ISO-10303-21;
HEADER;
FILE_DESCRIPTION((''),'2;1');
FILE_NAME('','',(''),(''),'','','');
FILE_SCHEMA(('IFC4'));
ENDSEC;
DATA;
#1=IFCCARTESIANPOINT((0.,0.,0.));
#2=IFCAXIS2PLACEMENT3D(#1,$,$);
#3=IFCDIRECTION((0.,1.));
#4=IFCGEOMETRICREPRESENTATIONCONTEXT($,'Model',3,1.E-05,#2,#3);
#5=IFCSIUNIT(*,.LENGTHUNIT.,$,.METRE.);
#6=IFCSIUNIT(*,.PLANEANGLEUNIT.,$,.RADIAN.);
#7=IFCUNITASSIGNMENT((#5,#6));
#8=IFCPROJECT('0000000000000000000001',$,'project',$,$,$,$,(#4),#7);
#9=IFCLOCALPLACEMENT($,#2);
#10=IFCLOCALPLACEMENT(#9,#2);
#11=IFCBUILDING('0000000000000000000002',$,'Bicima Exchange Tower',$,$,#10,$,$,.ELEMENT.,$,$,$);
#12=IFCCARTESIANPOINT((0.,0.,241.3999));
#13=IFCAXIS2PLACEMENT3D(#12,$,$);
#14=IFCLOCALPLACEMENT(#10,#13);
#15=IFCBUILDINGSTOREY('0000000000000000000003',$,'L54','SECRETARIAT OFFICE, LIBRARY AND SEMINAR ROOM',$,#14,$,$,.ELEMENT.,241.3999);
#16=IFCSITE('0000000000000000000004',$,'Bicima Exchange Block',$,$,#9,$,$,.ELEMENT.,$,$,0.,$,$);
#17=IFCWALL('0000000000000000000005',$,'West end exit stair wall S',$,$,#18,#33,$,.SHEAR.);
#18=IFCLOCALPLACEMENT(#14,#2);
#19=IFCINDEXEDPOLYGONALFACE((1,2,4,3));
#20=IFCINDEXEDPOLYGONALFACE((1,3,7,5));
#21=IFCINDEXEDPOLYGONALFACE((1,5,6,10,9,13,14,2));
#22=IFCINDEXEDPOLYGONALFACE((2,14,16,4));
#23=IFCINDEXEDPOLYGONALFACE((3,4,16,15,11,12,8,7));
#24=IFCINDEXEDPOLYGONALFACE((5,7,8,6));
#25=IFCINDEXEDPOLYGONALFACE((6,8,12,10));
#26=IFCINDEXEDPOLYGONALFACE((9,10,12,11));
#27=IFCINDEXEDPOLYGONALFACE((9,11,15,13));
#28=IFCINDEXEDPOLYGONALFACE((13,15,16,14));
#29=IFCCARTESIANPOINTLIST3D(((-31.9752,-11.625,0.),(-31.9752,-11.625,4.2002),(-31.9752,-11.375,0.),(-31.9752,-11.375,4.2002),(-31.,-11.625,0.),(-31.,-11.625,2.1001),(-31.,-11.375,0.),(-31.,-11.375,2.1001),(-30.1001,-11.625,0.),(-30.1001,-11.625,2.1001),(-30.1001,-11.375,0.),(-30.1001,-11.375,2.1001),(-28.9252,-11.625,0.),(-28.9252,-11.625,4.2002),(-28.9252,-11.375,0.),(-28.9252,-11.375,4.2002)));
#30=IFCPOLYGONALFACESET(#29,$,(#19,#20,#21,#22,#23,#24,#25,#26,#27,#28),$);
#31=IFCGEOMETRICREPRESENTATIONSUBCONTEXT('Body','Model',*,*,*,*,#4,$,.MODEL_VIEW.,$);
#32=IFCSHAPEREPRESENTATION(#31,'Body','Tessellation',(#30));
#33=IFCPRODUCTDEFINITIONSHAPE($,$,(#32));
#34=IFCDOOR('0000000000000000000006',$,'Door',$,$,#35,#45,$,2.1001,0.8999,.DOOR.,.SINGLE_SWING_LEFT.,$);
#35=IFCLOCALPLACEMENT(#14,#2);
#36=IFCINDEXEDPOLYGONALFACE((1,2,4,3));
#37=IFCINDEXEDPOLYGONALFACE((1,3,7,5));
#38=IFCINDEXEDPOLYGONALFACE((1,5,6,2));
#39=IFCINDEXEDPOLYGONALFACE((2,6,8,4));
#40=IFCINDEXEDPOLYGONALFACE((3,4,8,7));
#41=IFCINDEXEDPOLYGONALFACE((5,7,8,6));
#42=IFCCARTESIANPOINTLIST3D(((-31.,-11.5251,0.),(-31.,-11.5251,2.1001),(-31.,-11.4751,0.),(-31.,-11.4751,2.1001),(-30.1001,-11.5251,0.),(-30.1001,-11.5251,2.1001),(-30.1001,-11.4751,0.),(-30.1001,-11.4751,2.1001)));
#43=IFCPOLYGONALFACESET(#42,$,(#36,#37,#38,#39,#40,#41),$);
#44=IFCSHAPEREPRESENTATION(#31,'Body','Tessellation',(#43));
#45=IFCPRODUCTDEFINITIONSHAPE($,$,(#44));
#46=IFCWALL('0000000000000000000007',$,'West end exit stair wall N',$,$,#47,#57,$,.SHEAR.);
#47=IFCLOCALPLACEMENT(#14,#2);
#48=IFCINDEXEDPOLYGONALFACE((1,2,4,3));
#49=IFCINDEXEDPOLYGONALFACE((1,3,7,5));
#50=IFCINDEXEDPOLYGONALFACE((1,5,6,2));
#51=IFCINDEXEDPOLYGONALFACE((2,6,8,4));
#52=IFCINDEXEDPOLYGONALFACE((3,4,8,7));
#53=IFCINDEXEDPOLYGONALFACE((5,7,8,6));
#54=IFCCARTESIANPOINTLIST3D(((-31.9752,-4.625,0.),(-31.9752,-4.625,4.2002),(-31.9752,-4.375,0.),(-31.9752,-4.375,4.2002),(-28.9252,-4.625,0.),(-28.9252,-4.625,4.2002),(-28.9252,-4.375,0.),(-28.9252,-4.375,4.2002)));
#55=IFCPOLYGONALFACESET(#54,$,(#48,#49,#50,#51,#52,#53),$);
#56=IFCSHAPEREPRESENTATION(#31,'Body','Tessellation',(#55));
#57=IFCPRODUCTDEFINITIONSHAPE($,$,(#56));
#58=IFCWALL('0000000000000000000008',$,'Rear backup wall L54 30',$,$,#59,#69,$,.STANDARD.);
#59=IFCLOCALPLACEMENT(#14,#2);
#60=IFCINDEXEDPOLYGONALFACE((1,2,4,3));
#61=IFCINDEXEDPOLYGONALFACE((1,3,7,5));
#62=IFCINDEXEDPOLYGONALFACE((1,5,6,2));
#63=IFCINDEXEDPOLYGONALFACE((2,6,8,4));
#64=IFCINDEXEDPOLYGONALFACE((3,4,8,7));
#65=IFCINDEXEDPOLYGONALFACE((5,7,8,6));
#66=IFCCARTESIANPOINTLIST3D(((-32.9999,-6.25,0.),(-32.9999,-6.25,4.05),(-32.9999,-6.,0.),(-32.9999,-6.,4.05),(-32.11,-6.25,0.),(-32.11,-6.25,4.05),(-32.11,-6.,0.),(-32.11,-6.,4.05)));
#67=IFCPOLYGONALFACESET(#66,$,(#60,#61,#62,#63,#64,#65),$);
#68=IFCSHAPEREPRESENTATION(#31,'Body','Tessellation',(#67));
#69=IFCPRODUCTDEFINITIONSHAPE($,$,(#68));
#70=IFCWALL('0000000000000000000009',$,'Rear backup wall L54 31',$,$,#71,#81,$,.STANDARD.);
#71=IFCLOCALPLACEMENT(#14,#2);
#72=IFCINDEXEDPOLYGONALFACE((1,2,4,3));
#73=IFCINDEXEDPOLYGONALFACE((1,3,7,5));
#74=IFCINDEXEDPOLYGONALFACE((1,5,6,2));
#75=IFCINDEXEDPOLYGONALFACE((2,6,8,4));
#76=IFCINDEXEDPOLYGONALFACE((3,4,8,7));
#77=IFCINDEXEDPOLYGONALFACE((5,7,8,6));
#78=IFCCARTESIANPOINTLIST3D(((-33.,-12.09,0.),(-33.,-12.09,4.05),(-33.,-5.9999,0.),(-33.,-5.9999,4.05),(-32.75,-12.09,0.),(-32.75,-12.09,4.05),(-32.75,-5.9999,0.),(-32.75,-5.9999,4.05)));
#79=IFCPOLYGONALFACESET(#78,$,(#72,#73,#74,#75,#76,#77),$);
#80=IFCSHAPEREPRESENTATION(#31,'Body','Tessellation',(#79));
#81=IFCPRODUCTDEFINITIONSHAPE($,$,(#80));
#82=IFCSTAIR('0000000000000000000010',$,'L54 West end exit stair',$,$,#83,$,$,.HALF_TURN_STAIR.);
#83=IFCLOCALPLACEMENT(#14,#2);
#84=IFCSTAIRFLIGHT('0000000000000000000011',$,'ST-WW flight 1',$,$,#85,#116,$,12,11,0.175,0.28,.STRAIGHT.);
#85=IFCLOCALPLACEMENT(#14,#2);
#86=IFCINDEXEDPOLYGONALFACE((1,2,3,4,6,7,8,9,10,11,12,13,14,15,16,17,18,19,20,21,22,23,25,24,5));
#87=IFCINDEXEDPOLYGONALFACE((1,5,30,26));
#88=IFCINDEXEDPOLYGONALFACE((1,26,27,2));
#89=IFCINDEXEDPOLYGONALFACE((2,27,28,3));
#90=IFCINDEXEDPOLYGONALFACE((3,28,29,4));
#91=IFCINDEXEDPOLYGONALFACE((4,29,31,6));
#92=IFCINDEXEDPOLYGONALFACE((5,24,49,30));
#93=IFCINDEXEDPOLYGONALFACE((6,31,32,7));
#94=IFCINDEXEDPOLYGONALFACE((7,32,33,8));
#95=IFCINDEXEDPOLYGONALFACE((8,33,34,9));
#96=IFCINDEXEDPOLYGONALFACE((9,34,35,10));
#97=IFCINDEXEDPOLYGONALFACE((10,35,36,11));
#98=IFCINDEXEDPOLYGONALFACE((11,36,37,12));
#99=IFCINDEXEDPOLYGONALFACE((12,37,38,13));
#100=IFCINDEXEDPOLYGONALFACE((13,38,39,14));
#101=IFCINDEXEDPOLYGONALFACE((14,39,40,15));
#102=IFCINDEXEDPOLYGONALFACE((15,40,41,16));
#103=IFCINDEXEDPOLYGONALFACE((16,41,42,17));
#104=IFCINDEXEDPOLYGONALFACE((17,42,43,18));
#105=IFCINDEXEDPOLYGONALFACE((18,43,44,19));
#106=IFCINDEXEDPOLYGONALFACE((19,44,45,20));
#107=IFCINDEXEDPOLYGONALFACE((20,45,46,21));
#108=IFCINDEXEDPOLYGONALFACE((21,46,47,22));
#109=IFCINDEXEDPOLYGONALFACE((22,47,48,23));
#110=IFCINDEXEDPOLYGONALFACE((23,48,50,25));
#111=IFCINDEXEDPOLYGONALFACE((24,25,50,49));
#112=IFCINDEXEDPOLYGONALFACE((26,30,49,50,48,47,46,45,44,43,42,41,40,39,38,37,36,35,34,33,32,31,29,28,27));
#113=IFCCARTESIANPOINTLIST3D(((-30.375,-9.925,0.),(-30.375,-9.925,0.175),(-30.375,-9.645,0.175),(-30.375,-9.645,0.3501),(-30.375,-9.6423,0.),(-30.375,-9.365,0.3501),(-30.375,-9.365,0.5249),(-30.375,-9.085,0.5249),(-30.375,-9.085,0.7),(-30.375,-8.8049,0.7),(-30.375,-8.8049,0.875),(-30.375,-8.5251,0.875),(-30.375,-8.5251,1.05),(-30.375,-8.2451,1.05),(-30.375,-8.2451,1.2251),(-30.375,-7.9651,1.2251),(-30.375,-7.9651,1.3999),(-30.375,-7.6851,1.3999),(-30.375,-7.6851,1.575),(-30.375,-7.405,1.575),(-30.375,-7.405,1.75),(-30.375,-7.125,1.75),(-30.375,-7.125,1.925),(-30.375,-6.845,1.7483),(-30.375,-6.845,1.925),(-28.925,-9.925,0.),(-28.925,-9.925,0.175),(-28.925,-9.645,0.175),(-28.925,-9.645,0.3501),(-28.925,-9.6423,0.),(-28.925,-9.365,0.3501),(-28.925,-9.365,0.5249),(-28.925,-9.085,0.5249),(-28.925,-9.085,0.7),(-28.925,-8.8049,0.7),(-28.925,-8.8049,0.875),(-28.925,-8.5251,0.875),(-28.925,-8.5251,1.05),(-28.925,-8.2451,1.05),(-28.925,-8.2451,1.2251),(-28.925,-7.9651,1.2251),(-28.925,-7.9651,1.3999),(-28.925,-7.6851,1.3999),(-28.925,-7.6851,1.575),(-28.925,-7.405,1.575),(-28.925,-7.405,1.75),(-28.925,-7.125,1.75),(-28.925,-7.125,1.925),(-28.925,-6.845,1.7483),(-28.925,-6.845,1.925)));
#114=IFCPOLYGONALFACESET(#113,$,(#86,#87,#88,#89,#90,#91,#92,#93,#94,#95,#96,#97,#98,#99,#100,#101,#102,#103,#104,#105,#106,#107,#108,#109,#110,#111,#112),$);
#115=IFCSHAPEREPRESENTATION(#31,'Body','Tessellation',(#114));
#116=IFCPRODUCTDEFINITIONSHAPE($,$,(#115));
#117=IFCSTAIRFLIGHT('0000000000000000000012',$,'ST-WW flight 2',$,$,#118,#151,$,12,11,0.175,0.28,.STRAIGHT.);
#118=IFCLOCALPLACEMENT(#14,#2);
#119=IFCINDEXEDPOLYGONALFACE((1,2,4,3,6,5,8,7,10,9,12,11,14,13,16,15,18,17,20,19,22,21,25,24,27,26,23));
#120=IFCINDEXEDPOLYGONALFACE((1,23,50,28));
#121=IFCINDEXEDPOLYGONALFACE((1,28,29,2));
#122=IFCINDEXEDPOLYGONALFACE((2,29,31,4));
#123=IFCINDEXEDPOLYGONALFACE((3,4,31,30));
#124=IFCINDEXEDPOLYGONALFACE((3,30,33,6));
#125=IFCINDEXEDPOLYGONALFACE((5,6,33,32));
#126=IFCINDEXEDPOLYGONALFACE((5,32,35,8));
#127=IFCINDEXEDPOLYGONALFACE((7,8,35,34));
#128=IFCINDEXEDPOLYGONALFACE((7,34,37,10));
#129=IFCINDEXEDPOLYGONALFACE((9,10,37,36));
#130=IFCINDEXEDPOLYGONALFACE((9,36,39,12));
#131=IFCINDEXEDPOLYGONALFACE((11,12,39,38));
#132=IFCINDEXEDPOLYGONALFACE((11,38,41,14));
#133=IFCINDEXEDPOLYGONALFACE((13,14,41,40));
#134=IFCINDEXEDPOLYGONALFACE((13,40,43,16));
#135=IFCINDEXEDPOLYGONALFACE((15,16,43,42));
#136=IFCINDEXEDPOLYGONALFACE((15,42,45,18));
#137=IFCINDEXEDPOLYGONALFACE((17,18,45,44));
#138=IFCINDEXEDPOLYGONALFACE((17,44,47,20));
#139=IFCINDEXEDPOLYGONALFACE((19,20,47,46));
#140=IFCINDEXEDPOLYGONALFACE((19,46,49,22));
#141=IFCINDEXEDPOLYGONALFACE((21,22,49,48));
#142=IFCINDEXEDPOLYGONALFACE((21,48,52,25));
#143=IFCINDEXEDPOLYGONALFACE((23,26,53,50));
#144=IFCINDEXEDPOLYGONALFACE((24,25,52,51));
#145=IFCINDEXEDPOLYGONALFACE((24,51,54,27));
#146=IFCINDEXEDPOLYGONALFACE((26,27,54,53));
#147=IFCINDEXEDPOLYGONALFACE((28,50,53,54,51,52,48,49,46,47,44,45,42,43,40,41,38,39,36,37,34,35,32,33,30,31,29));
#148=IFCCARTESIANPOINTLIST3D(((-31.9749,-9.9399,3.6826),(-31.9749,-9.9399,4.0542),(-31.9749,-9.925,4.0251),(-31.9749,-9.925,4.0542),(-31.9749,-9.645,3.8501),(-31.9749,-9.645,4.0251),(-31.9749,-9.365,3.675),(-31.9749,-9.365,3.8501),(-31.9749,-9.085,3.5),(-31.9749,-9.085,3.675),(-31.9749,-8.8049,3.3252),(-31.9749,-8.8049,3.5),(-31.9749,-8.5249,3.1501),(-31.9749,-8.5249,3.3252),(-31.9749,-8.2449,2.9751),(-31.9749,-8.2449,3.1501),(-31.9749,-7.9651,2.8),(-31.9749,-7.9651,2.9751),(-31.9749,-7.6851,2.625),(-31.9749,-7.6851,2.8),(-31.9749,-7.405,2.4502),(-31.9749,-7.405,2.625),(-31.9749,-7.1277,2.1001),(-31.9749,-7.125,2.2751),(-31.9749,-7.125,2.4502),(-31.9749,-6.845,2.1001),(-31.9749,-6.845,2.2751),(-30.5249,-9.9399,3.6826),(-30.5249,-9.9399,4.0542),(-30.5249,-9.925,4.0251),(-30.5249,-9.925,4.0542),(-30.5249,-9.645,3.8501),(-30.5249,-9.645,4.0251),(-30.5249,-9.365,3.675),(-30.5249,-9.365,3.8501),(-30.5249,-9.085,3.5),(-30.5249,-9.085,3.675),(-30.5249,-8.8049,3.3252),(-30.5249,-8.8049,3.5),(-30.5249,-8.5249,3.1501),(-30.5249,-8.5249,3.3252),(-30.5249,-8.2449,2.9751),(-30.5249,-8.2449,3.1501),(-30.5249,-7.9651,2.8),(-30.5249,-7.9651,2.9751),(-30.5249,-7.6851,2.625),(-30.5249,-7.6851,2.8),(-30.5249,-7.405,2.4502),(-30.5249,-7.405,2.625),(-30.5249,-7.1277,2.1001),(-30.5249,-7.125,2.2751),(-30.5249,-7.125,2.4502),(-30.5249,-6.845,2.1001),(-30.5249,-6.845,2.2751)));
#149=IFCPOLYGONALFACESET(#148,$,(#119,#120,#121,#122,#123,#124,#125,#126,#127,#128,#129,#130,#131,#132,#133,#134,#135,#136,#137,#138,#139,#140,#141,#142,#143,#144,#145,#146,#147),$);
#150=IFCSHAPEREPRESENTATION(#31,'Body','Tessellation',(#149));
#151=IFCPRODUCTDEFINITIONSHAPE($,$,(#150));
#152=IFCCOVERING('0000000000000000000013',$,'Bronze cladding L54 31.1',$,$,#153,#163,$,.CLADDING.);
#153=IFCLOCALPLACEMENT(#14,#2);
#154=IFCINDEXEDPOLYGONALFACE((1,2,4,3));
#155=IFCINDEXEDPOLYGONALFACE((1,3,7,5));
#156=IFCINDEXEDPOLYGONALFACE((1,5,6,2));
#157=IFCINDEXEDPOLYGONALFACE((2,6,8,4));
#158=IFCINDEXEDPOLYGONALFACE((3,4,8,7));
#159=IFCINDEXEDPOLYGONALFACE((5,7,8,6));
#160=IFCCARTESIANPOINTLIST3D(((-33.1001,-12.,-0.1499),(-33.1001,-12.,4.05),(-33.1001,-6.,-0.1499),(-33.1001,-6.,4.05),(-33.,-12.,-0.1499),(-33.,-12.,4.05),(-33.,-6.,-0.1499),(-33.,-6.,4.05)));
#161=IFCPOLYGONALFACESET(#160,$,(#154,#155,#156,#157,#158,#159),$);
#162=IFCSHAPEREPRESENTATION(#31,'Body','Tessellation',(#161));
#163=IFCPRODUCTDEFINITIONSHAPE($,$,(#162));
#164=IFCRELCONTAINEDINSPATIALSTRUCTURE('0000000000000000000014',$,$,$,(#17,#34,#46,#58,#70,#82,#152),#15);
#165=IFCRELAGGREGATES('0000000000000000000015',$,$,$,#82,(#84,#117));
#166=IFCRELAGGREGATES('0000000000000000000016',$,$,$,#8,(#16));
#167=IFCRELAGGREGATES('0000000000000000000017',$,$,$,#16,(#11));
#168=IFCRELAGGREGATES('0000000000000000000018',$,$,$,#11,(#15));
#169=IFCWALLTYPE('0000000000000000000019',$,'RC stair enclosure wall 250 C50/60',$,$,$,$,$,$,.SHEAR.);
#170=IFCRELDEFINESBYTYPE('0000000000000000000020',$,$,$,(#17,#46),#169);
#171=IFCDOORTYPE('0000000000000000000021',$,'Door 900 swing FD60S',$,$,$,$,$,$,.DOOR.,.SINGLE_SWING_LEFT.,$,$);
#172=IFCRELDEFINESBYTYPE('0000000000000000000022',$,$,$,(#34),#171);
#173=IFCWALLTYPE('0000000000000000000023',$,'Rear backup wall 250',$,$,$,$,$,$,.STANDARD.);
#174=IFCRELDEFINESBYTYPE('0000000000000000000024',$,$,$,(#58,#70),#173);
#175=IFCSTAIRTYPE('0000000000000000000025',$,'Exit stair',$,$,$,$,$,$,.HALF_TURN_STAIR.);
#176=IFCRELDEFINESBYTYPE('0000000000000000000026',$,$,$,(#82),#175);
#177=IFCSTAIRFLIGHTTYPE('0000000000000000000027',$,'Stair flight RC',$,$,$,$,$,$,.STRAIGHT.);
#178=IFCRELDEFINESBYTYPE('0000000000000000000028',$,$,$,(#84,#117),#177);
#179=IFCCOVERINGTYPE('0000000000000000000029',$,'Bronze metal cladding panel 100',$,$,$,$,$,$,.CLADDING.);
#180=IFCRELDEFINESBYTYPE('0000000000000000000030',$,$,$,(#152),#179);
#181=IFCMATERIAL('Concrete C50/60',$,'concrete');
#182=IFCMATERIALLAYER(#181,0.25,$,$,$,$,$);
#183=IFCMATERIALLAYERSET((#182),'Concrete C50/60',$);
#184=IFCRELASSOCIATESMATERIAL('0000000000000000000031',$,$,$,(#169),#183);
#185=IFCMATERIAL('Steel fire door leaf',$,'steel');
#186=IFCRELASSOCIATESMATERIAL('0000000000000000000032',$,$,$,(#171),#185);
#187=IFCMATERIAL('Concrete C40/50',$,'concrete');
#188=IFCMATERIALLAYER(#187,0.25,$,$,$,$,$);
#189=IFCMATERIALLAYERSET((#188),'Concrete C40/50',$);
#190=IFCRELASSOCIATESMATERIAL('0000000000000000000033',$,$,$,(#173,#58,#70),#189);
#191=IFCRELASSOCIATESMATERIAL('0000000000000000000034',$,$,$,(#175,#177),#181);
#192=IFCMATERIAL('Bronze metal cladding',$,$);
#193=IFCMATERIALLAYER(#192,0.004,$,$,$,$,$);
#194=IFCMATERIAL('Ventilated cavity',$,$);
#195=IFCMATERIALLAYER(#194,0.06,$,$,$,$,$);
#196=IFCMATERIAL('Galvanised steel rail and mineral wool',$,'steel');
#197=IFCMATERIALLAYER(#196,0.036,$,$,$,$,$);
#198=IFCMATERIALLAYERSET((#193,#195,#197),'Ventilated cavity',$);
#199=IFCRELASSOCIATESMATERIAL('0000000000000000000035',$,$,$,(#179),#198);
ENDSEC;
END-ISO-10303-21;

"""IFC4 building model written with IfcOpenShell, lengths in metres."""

from ifc_helpers import new_model, si_unit, direction, frame, frame_2d, origin, origin_2d, place, context, subcontext, project, spatial, polyline, rectangle, outline, extrude, material, layer, layer_set, layer_usage, type_object, element, fill, aggregate, save


model = new_model("IFC4")

# Units and contexts
model_context = context("Model", 3, precision=1e-05, world=origin(), true_north=direction((0.0, 1.0)))
body_context = subcontext(model_context, "Body", "Model", "MODEL_VIEW")
ifc_project = project(units=[si_unit("LENGTHUNIT", "METRE"), si_unit("PLANEANGLEUNIT", "RADIAN")], contexts=[model_context])

# Site, building, storey
site_placement = place(None, origin())
site = spatial("IfcSite", under=ifc_project, at=site_placement, Name="Bicima Exchange Block", CompositionType="ELEMENT", RefElevation=0.0)
building_placement = place(site_placement, origin())
building = spatial("IfcBuilding", under=site, at=building_placement, Name="Bicima Exchange Tower", CompositionType="ELEMENT")
storey_placement = place(building_placement, frame((0.0, 0.0, 241.3999)))
storey = spatial("IfcBuildingStorey", under=building, at=storey_placement, Name="L54", Description="SECRETARIAT OFFICE, LIBRARY AND SEMINAR ROOM", CompositionType="ELEMENT", Elevation=241.3999)

# Shared definitions
ifc_material_1 = material(Name="Concrete C50/60", Category="concrete")
ifc_layer_1 = layer(ifc_material_1, 0.25)
ifc_layer_set_1 = layer_set([ifc_layer_1], Name="Concrete C50/60")
wall_type_1 = type_object("IfcWallType", Name="RC stair enclosure wall 250 C50/60", PredefinedType="SHEAR", material=ifc_layer_set_1)

# Wall, opening, door
wall_1_placement = place(storey_placement, frame((-31.9751, -11.5, 0.0), z_axis=(0.0, 0.0, 1.0), x_axis=(1.0, 0.0, 0.0)))
wall_1 = element("IfcWall", 1, at=wall_1_placement, inside=storey, type_object=wall_type_1, Name="West end exit stair wall S", PredefinedType="SHEAR", context=body_context, shape_type="SweptSolid", body=[
    extrude(rectangle(XDim=3.05, YDim=0.25, at=frame_2d((1.5249, 0.0))), origin(), (0.0, 0.0, 1.0), 4.2002),
])
opening_placement = place(wall_1_placement, frame((0.9751, 0.0, 0.0)))
opening = element("IfcOpeningElement", 2, at=opening_placement, cuts=wall_1, PredefinedType="OPENING", context=body_context, shape_type="SweptSolid", body=[
    extrude(rectangle(XDim=0.8999, YDim=2.1001, at=frame_2d((0.45, 1.05))), frame((0.0, 0.137, 0.0), z_axis=(0.0, -1.0, 0.0), x_axis=(1.0, 0.0, 0.0)), (0.0, 0.0, 1.0), 0.2739),
])
ifc_material_2 = material(Name="Steel fire door leaf", Category="steel")
door_type = type_object("IfcDoorType", Name="Door 900 swing FD60S", OperationType="SINGLE_SWING_LEFT", PredefinedType="DOOR", material=ifc_material_2)
door_placement = place(opening_placement, origin())
door = element("IfcDoor", 3, at=door_placement, inside=storey, type_object=door_type, Name="Door", OperationType="SINGLE_SWING_LEFT", OverallHeight=2.1001, OverallWidth=0.8999, PredefinedType="DOOR", context=body_context, shape_type="SweptSolid", body=[
    extrude(rectangle(XDim=0.8999, YDim=2.1001, at=frame_2d((0.45, 1.05))), frame((0.0, 0.0249, 0.0), z_axis=(0.0, -1.0, 0.0), x_axis=(1.0, 0.0, 0.0)), (0.0, 0.0, 1.0), 0.05),
])
fill(opening, door)

# Walls
wall_2_placement = place(storey_placement, frame((-31.9751, -4.5, 0.0), z_axis=(0.0, 0.0, 1.0), x_axis=(1.0, 0.0, 0.0)))
element("IfcWall", 4, at=wall_2_placement, inside=storey, type_object=wall_type_1, Name="West end exit stair wall N", PredefinedType="SHEAR", context=body_context, shape_type="SweptSolid", body=[
    extrude(rectangle(XDim=3.05, YDim=0.25, at=frame_2d((1.5249, 0.0))), origin(), (0.0, 0.0, 1.0), 4.2002),
])
ifc_material_3 = material(Name="Concrete C40/50", Category="concrete")
ifc_layer_2 = layer(ifc_material_3, 0.25)
ifc_layer_set_2 = layer_set([ifc_layer_2], Name="Concrete C40/50")
ifc_layer_usage = layer_usage(ifc_layer_set_2, "AXIS2", "POSITIVE", -0.125)
wall_type_2 = type_object("IfcWallType", Name="Rear backup wall 250", PredefinedType="STANDARD", material=ifc_layer_set_2)
wall_3_placement = place(storey_placement, frame((-32.1101, -6.125, 0.0), z_axis=(0.0, 0.0, 1.0), x_axis=(-1.0, 0.0, 0.0)))
element("IfcWall", 5, at=wall_3_placement, inside=storey, type_object=wall_type_2, material=ifc_layer_usage, Name="Rear backup wall L54 30", PredefinedType="STANDARD", context=body_context, shape_type="SweptSolid", body=[
    extrude(rectangle(XDim=0.8899, YDim=0.25, at=frame_2d((0.4448, 0.0))), origin(), (0.0, 0.0, 1.0), 4.05),
])
wall_4_placement = place(storey_placement, frame((-32.875, -6.0, 0.0), z_axis=(0.0, 0.0, 1.0), x_axis=(0.0, -1.0, 0.0)))
element("IfcWall", 6, at=wall_4_placement, inside=storey, type_object=wall_type_2, material=ifc_layer_usage, Name="Rear backup wall L54 31", PredefinedType="STANDARD", context=body_context, shape_type="SweptSolid", body=[
    extrude(rectangle(XDim=6.0901, YDim=0.25, at=frame_2d((3.0449, 0.0))), origin(), (0.0, 0.0, 1.0), 4.05),
])

# Stair, stair flights
stair_type = type_object("IfcStairType", Name="Exit stair", PredefinedType="HALF_TURN_STAIR", material=ifc_material_1)
stair_placement = place(storey_placement, origin())
stair = element("IfcStair", 7, at=stair_placement, inside=storey, type_object=stair_type, Name="L54 West end exit stair", PredefinedType="HALF_TURN_STAIR")
stair_flight_type = type_object("IfcStairFlightType", Name="Stair flight RC", PredefinedType="STRAIGHT", material=ifc_material_1)
stair_flight_1_placement = place(storey_placement, frame((-29.6499, -9.925, 0.0), z_axis=(0.0, 0.0, 1.0), x_axis=(0.0, 1.0, 0.0)))
stair_flight_1 = element("IfcStairFlight", 8, at=stair_flight_1_placement, type_object=stair_flight_type, Name="ST-WW flight 1", NumberOfRisers=12, NumberOfTreads=11, PredefinedType="STRAIGHT", RiserHeight=0.175, TreadLength=0.28, context=body_context, shape_type="SweptSolid", body=[
    extrude(outline(polyline([(0.0, 0.0), (0.0, 0.175), (0.28, 0.175), (0.28, 0.3501), (0.5601, 0.3501), (0.5601, 0.5249), (0.8401, 0.5249), (0.8401, 0.7), (1.1201, 0.7), (1.1201, 0.875), (1.3999, 0.875), (1.3999, 1.05), (1.6799, 1.05), (1.6799, 1.2251), (1.96, 1.2251), (1.96, 1.3999), (2.24, 1.3999), (2.24, 1.575), (2.52, 1.575), (2.52, 1.75), (2.8, 1.75), (2.8, 1.925), (3.0801, 1.925), (3.0801, 2.1001), (3.0801, 1.7483), (0.2827, 0.0), (0.0, 0.0)])), frame((0.0, 0.7251, 0.0), z_axis=(0.0, -1.0, 0.0), x_axis=(1.0, 0.0, 0.0)), (0.0, 0.0, 1.0), 1.45),
])
stair_flight_2_placement = place(storey_placement, frame((-31.25, -6.845, 2.1001), z_axis=(0.0, 0.0, 1.0), x_axis=(0.0, -1.0, 0.0)))
stair_flight_2 = element("IfcStairFlight", 9, at=stair_flight_2_placement, type_object=stair_flight_type, Name="ST-WW flight 2", NumberOfRisers=12, NumberOfTreads=11, PredefinedType="STRAIGHT", RiserHeight=0.175, TreadLength=0.28, context=body_context, shape_type="SweptSolid", body=[
    extrude(outline(polyline([(0.0, 0.0), (0.0, 0.175), (0.28, 0.175), (0.28, 0.3501), (0.5601, 0.3501), (0.5601, 0.5249), (0.8401, 0.5249), (0.8401, 0.7), (1.1201, 0.7), (1.1201, 0.875), (1.3999, 0.875), (1.3999, 1.05), (1.6799, 1.05), (1.6799, 1.2251), (1.96, 1.2251), (1.96, 1.3999), (2.24, 1.3999), (2.24, 1.575), (2.52, 1.575), (2.52, 1.75), (2.8, 1.75), (2.8, 1.925), (3.0801, 1.925), (3.0801, 1.9541), (3.095, 1.9541), (3.095, 1.5825), (0.2827, 0.0), (0.0, 0.0)])), frame((0.0, 0.7251, 0.0), z_axis=(0.0, -1.0, 0.0), x_axis=(1.0, 0.0, 0.0)), (0.0, 0.0, 1.0), 1.45),
])
aggregate(stair, [stair_flight_1, stair_flight_2])

# Covering
ifc_material_4 = material(Name="Bronze metal cladding")
ifc_layer_3 = layer(ifc_material_4, 0.004)
ifc_material_5 = material(Name="Ventilated cavity")
ifc_layer_4 = layer(ifc_material_5, 0.06)
ifc_material_6 = material(Name="Galvanised steel rail and mineral wool", Category="steel")
ifc_layer_5 = layer(ifc_material_6, 0.036)
ifc_layer_set_3 = layer_set([ifc_layer_3, ifc_layer_4, ifc_layer_5], Name="Ventilated cavity")
covering_type = type_object("IfcCoveringType", Name="Bronze metal cladding panel 100", PredefinedType="CLADDING", material=ifc_layer_set_3)
covering_placement = place(storey_placement, frame((-33.05, -9.0, -0.1499), z_axis=(0.0, 0.0, 1.0), x_axis=(0.0, -1.0, 0.0)))
element("IfcCovering", 10, at=covering_placement, inside=storey, type_object=covering_type, Name="Bronze cladding L54 31.1", PredefinedType="CLADDING", context=body_context, shape_type="SweptSolid", body=[
    extrude(rectangle(XDim=6.0, YDim=0.1001, at=origin_2d()), origin(), (0.0, 0.0, 1.0), 4.2),
])

save(model, "model.ifc")
